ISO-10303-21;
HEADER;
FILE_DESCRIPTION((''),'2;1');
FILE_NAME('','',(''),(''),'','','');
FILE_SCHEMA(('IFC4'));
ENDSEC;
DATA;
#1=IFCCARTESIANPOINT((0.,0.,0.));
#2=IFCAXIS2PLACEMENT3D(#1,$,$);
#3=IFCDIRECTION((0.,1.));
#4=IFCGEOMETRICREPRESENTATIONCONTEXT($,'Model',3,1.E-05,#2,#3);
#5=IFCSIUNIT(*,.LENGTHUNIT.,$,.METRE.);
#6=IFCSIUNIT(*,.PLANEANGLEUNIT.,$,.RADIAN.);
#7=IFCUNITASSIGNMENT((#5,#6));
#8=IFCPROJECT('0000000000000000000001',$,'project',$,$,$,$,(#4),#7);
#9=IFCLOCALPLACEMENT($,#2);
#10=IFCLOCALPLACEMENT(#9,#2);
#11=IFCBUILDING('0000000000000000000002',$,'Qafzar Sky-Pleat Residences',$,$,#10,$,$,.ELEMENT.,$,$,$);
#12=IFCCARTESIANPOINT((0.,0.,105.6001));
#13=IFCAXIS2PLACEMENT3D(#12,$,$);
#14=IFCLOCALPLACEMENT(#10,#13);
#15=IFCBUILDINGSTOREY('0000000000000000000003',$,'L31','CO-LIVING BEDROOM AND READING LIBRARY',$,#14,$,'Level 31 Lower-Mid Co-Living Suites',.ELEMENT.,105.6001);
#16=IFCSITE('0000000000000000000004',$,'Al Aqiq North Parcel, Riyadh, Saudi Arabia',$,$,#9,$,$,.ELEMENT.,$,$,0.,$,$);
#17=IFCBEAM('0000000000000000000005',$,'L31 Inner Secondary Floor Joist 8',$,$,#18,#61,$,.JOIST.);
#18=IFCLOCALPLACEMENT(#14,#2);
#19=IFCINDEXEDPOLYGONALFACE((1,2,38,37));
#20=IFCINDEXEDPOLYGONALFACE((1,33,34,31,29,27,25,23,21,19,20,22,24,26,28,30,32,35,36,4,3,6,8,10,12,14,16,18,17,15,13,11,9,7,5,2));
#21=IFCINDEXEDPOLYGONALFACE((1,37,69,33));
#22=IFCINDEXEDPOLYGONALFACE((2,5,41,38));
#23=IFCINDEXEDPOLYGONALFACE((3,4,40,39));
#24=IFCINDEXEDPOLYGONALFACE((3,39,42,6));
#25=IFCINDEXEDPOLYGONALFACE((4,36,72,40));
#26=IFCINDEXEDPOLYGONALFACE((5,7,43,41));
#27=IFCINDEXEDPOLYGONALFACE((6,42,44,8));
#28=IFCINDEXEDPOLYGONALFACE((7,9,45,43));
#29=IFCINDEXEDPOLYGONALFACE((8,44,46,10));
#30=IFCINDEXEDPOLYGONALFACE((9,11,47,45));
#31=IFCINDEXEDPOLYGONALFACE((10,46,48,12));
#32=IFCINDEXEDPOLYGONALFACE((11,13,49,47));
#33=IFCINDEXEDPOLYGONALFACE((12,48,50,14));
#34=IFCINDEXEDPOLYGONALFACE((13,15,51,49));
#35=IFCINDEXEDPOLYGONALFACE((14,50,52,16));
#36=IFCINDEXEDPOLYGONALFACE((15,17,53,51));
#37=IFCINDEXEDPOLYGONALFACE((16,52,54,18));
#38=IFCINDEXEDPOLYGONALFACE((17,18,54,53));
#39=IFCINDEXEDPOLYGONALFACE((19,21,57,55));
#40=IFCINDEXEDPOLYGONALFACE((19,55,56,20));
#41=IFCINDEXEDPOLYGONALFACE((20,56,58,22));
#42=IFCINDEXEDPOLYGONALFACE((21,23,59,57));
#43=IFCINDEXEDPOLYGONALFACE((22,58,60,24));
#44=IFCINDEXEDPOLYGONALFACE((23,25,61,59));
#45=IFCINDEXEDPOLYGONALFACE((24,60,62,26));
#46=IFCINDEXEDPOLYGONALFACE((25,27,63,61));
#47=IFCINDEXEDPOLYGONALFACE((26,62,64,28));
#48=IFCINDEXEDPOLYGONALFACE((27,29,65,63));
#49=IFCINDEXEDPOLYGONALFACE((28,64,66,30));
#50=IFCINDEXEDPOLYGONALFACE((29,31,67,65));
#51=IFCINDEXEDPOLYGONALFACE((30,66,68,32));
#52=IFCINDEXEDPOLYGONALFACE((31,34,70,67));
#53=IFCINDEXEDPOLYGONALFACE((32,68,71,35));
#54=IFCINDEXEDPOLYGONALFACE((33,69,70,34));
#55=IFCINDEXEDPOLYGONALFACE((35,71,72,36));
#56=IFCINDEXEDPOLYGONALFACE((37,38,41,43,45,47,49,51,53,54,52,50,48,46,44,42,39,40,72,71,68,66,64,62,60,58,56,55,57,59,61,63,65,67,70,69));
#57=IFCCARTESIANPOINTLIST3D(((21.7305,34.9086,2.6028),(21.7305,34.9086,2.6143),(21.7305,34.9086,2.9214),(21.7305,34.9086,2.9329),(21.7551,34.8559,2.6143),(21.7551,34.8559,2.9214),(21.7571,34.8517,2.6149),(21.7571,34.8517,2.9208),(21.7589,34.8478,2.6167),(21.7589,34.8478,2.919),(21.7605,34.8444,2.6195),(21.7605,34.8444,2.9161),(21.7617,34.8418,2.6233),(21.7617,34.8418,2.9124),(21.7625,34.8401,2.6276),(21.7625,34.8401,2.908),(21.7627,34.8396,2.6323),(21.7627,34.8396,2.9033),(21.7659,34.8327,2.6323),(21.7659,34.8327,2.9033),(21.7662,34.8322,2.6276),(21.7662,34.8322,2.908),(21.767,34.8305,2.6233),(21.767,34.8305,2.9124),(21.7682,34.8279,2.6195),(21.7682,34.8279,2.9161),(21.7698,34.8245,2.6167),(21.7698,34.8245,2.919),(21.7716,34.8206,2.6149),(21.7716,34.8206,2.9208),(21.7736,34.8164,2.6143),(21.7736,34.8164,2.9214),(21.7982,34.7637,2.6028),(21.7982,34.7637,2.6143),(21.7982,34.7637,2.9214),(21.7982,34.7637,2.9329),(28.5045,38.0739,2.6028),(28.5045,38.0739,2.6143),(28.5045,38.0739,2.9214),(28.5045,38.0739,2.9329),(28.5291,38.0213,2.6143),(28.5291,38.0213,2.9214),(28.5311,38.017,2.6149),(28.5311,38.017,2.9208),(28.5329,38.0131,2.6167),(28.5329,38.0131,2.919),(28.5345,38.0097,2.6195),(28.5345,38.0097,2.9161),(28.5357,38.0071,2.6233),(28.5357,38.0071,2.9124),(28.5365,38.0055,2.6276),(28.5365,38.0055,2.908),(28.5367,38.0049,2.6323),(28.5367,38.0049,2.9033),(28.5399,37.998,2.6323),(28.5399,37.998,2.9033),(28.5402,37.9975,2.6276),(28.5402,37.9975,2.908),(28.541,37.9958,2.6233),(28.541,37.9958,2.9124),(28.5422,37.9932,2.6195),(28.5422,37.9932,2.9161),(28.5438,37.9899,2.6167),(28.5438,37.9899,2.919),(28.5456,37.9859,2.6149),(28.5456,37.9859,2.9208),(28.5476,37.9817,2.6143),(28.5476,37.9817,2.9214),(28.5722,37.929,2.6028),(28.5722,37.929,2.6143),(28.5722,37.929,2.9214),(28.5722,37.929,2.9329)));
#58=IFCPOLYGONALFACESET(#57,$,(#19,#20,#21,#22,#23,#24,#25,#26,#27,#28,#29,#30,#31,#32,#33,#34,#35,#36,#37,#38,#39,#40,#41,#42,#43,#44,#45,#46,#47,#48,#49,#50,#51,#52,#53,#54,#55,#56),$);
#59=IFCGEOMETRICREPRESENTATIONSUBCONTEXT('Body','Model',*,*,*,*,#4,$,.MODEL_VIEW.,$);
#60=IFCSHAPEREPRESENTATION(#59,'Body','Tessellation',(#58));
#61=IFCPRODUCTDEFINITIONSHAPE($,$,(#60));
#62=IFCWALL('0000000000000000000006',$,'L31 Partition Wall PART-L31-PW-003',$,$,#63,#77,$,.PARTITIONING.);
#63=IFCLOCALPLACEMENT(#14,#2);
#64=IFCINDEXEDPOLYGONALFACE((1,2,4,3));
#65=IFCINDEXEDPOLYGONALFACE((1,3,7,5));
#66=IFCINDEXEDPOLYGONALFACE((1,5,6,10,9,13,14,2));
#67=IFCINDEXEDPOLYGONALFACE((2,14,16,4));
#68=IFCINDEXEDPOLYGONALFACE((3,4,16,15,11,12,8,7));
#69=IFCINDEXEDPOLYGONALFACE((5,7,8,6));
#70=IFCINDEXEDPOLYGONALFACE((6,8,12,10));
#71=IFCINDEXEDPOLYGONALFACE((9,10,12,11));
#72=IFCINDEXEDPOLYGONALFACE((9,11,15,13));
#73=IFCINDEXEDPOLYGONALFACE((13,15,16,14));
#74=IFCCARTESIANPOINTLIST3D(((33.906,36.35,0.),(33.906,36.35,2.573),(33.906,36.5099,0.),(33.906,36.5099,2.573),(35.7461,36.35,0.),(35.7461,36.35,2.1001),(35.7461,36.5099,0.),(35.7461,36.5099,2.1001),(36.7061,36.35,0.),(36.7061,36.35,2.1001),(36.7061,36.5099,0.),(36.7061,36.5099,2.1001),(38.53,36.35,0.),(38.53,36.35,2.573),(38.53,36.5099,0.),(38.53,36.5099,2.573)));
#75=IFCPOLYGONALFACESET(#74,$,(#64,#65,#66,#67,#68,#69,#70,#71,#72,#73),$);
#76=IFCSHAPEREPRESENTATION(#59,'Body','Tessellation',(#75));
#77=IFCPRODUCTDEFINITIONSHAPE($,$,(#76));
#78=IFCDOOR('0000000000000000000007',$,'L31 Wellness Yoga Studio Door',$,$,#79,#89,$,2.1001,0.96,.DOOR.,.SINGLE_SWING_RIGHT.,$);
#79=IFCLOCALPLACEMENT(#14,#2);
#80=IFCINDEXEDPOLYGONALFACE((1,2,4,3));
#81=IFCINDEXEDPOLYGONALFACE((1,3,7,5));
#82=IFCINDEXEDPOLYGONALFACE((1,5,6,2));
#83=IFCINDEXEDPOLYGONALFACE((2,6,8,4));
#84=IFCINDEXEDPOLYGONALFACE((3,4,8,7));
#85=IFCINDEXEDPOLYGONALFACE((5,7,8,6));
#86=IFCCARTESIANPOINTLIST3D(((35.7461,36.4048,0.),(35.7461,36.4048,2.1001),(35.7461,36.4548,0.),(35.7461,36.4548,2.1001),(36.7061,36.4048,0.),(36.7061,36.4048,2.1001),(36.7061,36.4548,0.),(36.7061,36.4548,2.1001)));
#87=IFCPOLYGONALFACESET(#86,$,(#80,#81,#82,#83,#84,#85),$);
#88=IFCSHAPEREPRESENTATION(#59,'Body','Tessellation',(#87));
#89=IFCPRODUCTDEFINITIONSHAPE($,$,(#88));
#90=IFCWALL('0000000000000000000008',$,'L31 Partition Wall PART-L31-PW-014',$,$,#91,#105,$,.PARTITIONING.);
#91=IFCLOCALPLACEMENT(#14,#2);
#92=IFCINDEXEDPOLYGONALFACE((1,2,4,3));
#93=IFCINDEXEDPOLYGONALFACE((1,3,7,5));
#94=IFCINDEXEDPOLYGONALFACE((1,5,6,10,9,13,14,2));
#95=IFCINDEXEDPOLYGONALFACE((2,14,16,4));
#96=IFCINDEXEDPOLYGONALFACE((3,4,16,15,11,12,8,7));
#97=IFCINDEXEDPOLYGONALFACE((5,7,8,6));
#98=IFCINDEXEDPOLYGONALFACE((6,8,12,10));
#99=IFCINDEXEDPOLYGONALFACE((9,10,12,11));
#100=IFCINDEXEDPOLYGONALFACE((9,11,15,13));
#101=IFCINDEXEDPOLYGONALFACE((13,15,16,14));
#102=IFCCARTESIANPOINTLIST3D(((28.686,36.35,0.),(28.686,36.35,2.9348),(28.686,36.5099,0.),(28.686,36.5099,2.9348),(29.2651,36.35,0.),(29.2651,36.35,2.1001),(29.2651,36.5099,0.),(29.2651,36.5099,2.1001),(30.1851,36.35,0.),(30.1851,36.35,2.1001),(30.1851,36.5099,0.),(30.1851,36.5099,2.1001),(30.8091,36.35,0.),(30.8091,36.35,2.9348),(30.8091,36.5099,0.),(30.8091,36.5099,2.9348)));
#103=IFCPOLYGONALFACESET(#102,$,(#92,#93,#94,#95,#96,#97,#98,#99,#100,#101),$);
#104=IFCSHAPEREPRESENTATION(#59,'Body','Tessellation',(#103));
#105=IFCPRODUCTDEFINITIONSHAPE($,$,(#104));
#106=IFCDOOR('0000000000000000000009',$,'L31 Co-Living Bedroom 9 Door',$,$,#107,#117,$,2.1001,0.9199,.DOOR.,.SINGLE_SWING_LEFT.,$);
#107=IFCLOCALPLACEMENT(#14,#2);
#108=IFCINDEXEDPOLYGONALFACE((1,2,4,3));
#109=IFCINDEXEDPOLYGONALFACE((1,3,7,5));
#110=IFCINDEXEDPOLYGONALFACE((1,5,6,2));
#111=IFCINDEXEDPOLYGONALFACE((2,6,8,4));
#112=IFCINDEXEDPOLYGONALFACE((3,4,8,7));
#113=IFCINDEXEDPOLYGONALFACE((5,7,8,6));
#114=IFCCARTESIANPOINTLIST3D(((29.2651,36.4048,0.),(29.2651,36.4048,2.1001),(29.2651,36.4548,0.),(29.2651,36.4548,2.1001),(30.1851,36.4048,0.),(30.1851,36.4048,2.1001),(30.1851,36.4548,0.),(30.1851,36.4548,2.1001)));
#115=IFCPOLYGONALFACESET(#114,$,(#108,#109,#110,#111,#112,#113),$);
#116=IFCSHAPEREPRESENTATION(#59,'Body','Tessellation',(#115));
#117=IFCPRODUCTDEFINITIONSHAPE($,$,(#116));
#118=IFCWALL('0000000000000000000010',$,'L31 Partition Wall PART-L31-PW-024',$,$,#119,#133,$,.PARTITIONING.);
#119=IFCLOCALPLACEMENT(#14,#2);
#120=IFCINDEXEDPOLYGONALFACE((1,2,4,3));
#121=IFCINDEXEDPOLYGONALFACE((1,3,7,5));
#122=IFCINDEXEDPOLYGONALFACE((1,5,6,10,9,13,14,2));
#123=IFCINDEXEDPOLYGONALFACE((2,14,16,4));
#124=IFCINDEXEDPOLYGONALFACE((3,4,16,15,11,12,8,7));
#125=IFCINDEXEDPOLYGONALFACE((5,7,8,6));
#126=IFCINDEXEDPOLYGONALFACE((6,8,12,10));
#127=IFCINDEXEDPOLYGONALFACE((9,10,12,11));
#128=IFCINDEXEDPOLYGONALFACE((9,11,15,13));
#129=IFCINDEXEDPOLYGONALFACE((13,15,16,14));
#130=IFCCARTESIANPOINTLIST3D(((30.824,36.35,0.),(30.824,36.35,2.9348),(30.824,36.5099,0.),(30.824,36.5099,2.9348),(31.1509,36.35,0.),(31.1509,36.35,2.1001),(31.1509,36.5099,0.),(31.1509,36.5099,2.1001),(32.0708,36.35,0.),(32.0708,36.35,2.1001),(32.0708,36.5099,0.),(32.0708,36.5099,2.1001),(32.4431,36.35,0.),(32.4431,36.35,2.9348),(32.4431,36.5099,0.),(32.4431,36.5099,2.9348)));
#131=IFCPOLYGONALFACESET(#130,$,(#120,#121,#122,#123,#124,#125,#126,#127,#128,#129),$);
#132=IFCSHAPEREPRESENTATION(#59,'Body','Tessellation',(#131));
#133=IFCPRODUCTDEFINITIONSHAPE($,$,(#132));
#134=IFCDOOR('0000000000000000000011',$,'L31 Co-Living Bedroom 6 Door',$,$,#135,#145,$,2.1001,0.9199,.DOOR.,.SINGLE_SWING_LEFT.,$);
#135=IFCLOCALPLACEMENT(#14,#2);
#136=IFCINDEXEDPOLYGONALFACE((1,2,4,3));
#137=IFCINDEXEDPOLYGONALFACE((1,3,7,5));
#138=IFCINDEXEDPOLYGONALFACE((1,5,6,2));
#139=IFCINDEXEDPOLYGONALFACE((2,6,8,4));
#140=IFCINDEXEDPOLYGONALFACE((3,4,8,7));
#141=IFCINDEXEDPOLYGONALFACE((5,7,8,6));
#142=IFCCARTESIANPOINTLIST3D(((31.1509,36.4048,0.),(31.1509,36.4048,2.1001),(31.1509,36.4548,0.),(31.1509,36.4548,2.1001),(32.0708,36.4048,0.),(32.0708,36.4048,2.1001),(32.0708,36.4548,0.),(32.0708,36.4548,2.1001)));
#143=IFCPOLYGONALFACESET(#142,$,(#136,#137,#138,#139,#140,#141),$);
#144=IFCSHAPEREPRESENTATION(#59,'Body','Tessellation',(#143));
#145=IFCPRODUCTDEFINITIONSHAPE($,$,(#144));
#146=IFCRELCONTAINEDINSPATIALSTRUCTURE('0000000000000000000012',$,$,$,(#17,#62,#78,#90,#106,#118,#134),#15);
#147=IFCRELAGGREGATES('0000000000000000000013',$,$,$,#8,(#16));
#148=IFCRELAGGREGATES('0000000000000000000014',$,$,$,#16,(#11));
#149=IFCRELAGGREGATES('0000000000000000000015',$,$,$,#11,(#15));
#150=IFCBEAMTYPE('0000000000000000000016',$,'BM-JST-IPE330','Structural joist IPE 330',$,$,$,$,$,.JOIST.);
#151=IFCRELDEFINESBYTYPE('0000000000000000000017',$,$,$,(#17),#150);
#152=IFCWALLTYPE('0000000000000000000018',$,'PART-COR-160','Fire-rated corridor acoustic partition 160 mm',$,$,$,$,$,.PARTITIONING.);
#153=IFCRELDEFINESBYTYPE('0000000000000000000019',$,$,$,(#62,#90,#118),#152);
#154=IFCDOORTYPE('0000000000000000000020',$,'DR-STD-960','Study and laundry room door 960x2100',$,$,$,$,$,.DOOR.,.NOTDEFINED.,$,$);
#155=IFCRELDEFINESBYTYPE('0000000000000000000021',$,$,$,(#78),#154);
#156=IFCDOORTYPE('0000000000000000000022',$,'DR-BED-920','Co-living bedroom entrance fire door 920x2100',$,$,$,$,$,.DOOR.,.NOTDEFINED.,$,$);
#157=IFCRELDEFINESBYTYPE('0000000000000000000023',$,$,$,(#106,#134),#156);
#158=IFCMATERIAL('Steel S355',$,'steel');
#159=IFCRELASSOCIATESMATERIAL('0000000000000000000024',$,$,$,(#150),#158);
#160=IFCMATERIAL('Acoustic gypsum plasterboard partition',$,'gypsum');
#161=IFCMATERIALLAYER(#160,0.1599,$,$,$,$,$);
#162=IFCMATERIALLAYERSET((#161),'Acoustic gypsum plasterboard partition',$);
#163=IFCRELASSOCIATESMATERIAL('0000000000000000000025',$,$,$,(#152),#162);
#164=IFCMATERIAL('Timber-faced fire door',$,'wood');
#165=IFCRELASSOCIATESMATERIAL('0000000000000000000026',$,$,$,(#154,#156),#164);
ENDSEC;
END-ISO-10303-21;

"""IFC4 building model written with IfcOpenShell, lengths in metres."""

from ifc_helpers import new_model, si_unit, direction, frame, frame_2d, origin, origin_2d, place, context, subcontext, project, spatial, rectangle, i_section, extrude, source, transform, mapped, material, layer, layer_set, material_profile, profile_set, type_object, element, fill, save


model = new_model("IFC4")

# Units and contexts
model_context = context("Model", 3, precision=1e-05, world=origin(), true_north=direction((0.0, 1.0)))
body_context = subcontext(model_context, "Body", "Model", "MODEL_VIEW")
ifc_project = project(units=[si_unit("LENGTHUNIT", "METRE"), si_unit("PLANEANGLEUNIT", "RADIAN")], contexts=[model_context])

# Site, building, storey
site_placement = place(None, origin())
site = spatial("IfcSite", under=ifc_project, at=site_placement, Name="Al Aqiq North Parcel, Riyadh, Saudi Arabia", CompositionType="ELEMENT", RefElevation=0.0)
building_placement = place(site_placement, origin())
building = spatial("IfcBuilding", under=site, at=building_placement, Name="Qafzar Sky-Pleat Residences", CompositionType="ELEMENT")
storey_placement = place(building_placement, frame((0.0, 0.0, 105.6001)))
storey = spatial("IfcBuildingStorey", under=building, at=storey_placement, Name="L31", Description="CO-LIVING BEDROOM AND READING LIBRARY", LongName="Level 31 Lower-Mid Co-Living Suites", CompositionType="ELEMENT", Elevation=105.6001)

# Beam
ifc_material_1 = material(Name="Steel S355", Category="steel")
ifc_material_profile_1 = material_profile(ifc_material_1, i_section(OverallWidth=0.1599, OverallDepth=0.3301, WebThickness=0.0076, FlangeThickness=0.0115, FilletRadius=0.0181, at=origin_2d()), Name="IPE 330")
ifc_profile_set_1 = profile_set([ifc_material_profile_1], Name="Steel S355")
beam_type_1 = type_object("IfcBeamType", Name="BM-JST-IPE330", Description="Structural joist IPE 330", PredefinedType="JOIST", material=ifc_profile_set_1)
shared_shape_1 = source(origin(), body_context, "Body", "SweptSolid", [
    extrude(i_section(OverallWidth=0.1599, OverallDepth=0.3301, WebThickness=0.0076, FlangeThickness=0.0115, FilletRadius=0.0181, at=origin_2d()), origin(), (0.0, 0.0, 1.0), 7.4771),
])
beam_1_placement = place(storey_placement, frame((28.5383, 38.0015, 2.7678), z_axis=(-0.905972, -0.423338, 0.0), x_axis=(0.423338, -0.905972, 0.0)))
element("IfcBeam", 1, at=beam_1_placement, inside=storey, type_object=beam_type_1, Name="L31 Inner Secondary Floor Joist 8", PredefinedType="JOIST", context=body_context, shape_type="MappedRepresentation", body=[
    mapped(shared_shape_1, transform((0.0, 0.0, 0.0), x_axis=(1.0, 0.0, 0.0), y_axis=(0.0, 1.0, 0.0), z_axis=(0.0, 0.0, 1.0), scale=1.0)),
])

# Walls, openings, doors
ifc_material_2 = material(Name="Acoustic gypsum plasterboard partition", Category="gypsum")
ifc_layer_1 = layer(ifc_material_2, 0.1599)
ifc_layer_set_1 = layer_set([ifc_layer_1], Name="Acoustic gypsum plasterboard partition")
wall_type_1 = type_object("IfcWallType", Name="PART-COR-160", Description="Fire-rated corridor acoustic partition 160 mm", PredefinedType="PARTITIONING", material=ifc_layer_set_1)
wall_1_placement = place(storey_placement, frame((33.906, 36.4299, 0.0), z_axis=(0.0, 0.0, 1.0), x_axis=(1.0, 0.0, 0.0)))
wall_1 = element("IfcWall", 2, at=wall_1_placement, inside=storey, type_object=wall_type_1, Name="L31 Partition Wall PART-L31-PW-003", PredefinedType="PARTITIONING", context=body_context, shape_type="SweptSolid", body=[
    extrude(rectangle(XDim=4.624, YDim=0.1599, at=frame_2d((2.312, 0.0))), origin(), (0.0, 0.0, 1.0), 2.573),
])
opening_1_placement = place(wall_1_placement, frame((1.8401, 0.0, 0.0)))
opening_1 = element("IfcOpeningElement", 3, at=opening_1_placement, cuts=wall_1, PredefinedType="OPENING", context=body_context, shape_type="SweptSolid", body=[
    extrude(rectangle(XDim=0.96, YDim=2.1001, at=frame_2d((0.48, 1.05))), frame((0.0, 0.0898, 0.0), z_axis=(0.0, -1.0, 0.0), x_axis=(1.0, 0.0, 0.0)), (0.0, 0.0, 1.0), 0.1799),
])
ifc_material_3 = material(Name="Timber-faced fire door", Category="wood")
door_type_1 = type_object("IfcDoorType", Name="DR-STD-960", Description="Study and laundry room door 960x2100", OperationType="NOTDEFINED", PredefinedType="DOOR", material=ifc_material_3)
shared_shape_2 = source(origin(), body_context, "Body", "SweptSolid", [
    extrude(rectangle(XDim=0.96, YDim=2.1001, at=frame_2d((0.48, 1.05))), frame((0.0, 0.0249, 0.0), z_axis=(0.0, -1.0, 0.0), x_axis=(1.0, 0.0, 0.0)), (0.0, 0.0, 1.0), 0.05),
])
door_1_placement = place(opening_1_placement, origin())
door_1 = element("IfcDoor", 4, at=door_1_placement, inside=storey, type_object=door_type_1, Name="L31 Wellness Yoga Studio Door", OperationType="SINGLE_SWING_RIGHT", OverallHeight=2.1001, OverallWidth=0.96, PredefinedType="DOOR", context=body_context, shape_type="MappedRepresentation", body=[
    mapped(shared_shape_2, transform((0.0, 0.0, 0.0), x_axis=(1.0, 0.0, 0.0), y_axis=(0.0, 1.0, 0.0), z_axis=(0.0, 0.0, 1.0), scale=1.0)),
])
fill(opening_1, door_1)
wall_2_placement = place(storey_placement, frame((28.686, 36.4299, 0.0), z_axis=(0.0, 0.0, 1.0), x_axis=(1.0, 0.0, 0.0)))
wall_2 = element("IfcWall", 5, at=wall_2_placement, inside=storey, type_object=wall_type_1, Name="L31 Partition Wall PART-L31-PW-014", PredefinedType="PARTITIONING", context=body_context, shape_type="SweptSolid", body=[
    extrude(rectangle(XDim=2.123, YDim=0.1599, at=frame_2d((1.0615, 0.0))), origin(), (0.0, 0.0, 1.0), 2.9348),
])
opening_2_placement = place(wall_2_placement, frame((0.5791, 0.0, 0.0)))
opening_2 = element("IfcOpeningElement", 6, at=opening_2_placement, cuts=wall_2, PredefinedType="OPENING", context=body_context, shape_type="SweptSolid", body=[
    extrude(rectangle(XDim=0.9199, YDim=2.1001, at=frame_2d((0.46, 1.05))), frame((0.0, 0.0898, 0.0), z_axis=(0.0, -1.0, 0.0), x_axis=(1.0, 0.0, 0.0)), (0.0, 0.0, 1.0), 0.1799),
])
door_type_2 = type_object("IfcDoorType", Name="DR-BED-920", Description="Co-living bedroom entrance fire door 920x2100", OperationType="NOTDEFINED", PredefinedType="DOOR", material=ifc_material_3)
shared_shape_3 = source(origin(), body_context, "Body", "SweptSolid", [
    extrude(rectangle(XDim=0.9199, YDim=2.1001, at=frame_2d((0.46, 1.05))), frame((0.0, 0.0249, 0.0), z_axis=(0.0, -1.0, 0.0), x_axis=(1.0, 0.0, 0.0)), (0.0, 0.0, 1.0), 0.05),
])
door_2_placement = place(opening_2_placement, origin())
door_2 = element("IfcDoor", 7, at=door_2_placement, inside=storey, type_object=door_type_2, Name="L31 Co-Living Bedroom 9 Door", OperationType="SINGLE_SWING_LEFT", OverallHeight=2.1001, OverallWidth=0.9199, PredefinedType="DOOR", context=body_context, shape_type="MappedRepresentation", body=[
    mapped(shared_shape_3, transform((0.0, 0.0, 0.0), x_axis=(1.0, 0.0, 0.0), y_axis=(0.0, 1.0, 0.0), z_axis=(0.0, 0.0, 1.0), scale=1.0)),
])
fill(opening_2, door_2)
wall_3_placement = place(storey_placement, frame((30.824, 36.4299, 0.0), z_axis=(0.0, 0.0, 1.0), x_axis=(1.0, 0.0, 0.0)))
wall_3 = element("IfcWall", 8, at=wall_3_placement, inside=storey, type_object=wall_type_1, Name="L31 Partition Wall PART-L31-PW-024", PredefinedType="PARTITIONING", context=body_context, shape_type="SweptSolid", body=[
    extrude(rectangle(XDim=1.6191, YDim=0.1599, at=frame_2d((0.8096, 0.0))), origin(), (0.0, 0.0, 1.0), 2.9348),
])
opening_3_placement = place(wall_3_placement, frame((0.3269, 0.0, 0.0)))
opening_3 = element("IfcOpeningElement", 9, at=opening_3_placement, cuts=wall_3, PredefinedType="OPENING", context=body_context, shape_type="SweptSolid", body=[
    extrude(rectangle(XDim=0.9199, YDim=2.1001, at=frame_2d((0.46, 1.05))), frame((0.0, 0.0898, 0.0), z_axis=(0.0, -1.0, 0.0), x_axis=(1.0, 0.0, 0.0)), (0.0, 0.0, 1.0), 0.1799),
])
door_3_placement = place(opening_3_placement, origin())
door_3 = element("IfcDoor", 10, at=door_3_placement, inside=storey, type_object=door_type_2, Name="L31 Co-Living Bedroom 6 Door", OperationType="SINGLE_SWING_LEFT", OverallHeight=2.1001, OverallWidth=0.9199, PredefinedType="DOOR", context=body_context, shape_type="MappedRepresentation", body=[
    mapped(shared_shape_3, transform((0.0, 0.0, 0.0), x_axis=(1.0, 0.0, 0.0), y_axis=(0.0, 1.0, 0.0), z_axis=(0.0, 0.0, 1.0), scale=1.0)),
])
fill(opening_3, door_3)

save(model, "model.ifc")
